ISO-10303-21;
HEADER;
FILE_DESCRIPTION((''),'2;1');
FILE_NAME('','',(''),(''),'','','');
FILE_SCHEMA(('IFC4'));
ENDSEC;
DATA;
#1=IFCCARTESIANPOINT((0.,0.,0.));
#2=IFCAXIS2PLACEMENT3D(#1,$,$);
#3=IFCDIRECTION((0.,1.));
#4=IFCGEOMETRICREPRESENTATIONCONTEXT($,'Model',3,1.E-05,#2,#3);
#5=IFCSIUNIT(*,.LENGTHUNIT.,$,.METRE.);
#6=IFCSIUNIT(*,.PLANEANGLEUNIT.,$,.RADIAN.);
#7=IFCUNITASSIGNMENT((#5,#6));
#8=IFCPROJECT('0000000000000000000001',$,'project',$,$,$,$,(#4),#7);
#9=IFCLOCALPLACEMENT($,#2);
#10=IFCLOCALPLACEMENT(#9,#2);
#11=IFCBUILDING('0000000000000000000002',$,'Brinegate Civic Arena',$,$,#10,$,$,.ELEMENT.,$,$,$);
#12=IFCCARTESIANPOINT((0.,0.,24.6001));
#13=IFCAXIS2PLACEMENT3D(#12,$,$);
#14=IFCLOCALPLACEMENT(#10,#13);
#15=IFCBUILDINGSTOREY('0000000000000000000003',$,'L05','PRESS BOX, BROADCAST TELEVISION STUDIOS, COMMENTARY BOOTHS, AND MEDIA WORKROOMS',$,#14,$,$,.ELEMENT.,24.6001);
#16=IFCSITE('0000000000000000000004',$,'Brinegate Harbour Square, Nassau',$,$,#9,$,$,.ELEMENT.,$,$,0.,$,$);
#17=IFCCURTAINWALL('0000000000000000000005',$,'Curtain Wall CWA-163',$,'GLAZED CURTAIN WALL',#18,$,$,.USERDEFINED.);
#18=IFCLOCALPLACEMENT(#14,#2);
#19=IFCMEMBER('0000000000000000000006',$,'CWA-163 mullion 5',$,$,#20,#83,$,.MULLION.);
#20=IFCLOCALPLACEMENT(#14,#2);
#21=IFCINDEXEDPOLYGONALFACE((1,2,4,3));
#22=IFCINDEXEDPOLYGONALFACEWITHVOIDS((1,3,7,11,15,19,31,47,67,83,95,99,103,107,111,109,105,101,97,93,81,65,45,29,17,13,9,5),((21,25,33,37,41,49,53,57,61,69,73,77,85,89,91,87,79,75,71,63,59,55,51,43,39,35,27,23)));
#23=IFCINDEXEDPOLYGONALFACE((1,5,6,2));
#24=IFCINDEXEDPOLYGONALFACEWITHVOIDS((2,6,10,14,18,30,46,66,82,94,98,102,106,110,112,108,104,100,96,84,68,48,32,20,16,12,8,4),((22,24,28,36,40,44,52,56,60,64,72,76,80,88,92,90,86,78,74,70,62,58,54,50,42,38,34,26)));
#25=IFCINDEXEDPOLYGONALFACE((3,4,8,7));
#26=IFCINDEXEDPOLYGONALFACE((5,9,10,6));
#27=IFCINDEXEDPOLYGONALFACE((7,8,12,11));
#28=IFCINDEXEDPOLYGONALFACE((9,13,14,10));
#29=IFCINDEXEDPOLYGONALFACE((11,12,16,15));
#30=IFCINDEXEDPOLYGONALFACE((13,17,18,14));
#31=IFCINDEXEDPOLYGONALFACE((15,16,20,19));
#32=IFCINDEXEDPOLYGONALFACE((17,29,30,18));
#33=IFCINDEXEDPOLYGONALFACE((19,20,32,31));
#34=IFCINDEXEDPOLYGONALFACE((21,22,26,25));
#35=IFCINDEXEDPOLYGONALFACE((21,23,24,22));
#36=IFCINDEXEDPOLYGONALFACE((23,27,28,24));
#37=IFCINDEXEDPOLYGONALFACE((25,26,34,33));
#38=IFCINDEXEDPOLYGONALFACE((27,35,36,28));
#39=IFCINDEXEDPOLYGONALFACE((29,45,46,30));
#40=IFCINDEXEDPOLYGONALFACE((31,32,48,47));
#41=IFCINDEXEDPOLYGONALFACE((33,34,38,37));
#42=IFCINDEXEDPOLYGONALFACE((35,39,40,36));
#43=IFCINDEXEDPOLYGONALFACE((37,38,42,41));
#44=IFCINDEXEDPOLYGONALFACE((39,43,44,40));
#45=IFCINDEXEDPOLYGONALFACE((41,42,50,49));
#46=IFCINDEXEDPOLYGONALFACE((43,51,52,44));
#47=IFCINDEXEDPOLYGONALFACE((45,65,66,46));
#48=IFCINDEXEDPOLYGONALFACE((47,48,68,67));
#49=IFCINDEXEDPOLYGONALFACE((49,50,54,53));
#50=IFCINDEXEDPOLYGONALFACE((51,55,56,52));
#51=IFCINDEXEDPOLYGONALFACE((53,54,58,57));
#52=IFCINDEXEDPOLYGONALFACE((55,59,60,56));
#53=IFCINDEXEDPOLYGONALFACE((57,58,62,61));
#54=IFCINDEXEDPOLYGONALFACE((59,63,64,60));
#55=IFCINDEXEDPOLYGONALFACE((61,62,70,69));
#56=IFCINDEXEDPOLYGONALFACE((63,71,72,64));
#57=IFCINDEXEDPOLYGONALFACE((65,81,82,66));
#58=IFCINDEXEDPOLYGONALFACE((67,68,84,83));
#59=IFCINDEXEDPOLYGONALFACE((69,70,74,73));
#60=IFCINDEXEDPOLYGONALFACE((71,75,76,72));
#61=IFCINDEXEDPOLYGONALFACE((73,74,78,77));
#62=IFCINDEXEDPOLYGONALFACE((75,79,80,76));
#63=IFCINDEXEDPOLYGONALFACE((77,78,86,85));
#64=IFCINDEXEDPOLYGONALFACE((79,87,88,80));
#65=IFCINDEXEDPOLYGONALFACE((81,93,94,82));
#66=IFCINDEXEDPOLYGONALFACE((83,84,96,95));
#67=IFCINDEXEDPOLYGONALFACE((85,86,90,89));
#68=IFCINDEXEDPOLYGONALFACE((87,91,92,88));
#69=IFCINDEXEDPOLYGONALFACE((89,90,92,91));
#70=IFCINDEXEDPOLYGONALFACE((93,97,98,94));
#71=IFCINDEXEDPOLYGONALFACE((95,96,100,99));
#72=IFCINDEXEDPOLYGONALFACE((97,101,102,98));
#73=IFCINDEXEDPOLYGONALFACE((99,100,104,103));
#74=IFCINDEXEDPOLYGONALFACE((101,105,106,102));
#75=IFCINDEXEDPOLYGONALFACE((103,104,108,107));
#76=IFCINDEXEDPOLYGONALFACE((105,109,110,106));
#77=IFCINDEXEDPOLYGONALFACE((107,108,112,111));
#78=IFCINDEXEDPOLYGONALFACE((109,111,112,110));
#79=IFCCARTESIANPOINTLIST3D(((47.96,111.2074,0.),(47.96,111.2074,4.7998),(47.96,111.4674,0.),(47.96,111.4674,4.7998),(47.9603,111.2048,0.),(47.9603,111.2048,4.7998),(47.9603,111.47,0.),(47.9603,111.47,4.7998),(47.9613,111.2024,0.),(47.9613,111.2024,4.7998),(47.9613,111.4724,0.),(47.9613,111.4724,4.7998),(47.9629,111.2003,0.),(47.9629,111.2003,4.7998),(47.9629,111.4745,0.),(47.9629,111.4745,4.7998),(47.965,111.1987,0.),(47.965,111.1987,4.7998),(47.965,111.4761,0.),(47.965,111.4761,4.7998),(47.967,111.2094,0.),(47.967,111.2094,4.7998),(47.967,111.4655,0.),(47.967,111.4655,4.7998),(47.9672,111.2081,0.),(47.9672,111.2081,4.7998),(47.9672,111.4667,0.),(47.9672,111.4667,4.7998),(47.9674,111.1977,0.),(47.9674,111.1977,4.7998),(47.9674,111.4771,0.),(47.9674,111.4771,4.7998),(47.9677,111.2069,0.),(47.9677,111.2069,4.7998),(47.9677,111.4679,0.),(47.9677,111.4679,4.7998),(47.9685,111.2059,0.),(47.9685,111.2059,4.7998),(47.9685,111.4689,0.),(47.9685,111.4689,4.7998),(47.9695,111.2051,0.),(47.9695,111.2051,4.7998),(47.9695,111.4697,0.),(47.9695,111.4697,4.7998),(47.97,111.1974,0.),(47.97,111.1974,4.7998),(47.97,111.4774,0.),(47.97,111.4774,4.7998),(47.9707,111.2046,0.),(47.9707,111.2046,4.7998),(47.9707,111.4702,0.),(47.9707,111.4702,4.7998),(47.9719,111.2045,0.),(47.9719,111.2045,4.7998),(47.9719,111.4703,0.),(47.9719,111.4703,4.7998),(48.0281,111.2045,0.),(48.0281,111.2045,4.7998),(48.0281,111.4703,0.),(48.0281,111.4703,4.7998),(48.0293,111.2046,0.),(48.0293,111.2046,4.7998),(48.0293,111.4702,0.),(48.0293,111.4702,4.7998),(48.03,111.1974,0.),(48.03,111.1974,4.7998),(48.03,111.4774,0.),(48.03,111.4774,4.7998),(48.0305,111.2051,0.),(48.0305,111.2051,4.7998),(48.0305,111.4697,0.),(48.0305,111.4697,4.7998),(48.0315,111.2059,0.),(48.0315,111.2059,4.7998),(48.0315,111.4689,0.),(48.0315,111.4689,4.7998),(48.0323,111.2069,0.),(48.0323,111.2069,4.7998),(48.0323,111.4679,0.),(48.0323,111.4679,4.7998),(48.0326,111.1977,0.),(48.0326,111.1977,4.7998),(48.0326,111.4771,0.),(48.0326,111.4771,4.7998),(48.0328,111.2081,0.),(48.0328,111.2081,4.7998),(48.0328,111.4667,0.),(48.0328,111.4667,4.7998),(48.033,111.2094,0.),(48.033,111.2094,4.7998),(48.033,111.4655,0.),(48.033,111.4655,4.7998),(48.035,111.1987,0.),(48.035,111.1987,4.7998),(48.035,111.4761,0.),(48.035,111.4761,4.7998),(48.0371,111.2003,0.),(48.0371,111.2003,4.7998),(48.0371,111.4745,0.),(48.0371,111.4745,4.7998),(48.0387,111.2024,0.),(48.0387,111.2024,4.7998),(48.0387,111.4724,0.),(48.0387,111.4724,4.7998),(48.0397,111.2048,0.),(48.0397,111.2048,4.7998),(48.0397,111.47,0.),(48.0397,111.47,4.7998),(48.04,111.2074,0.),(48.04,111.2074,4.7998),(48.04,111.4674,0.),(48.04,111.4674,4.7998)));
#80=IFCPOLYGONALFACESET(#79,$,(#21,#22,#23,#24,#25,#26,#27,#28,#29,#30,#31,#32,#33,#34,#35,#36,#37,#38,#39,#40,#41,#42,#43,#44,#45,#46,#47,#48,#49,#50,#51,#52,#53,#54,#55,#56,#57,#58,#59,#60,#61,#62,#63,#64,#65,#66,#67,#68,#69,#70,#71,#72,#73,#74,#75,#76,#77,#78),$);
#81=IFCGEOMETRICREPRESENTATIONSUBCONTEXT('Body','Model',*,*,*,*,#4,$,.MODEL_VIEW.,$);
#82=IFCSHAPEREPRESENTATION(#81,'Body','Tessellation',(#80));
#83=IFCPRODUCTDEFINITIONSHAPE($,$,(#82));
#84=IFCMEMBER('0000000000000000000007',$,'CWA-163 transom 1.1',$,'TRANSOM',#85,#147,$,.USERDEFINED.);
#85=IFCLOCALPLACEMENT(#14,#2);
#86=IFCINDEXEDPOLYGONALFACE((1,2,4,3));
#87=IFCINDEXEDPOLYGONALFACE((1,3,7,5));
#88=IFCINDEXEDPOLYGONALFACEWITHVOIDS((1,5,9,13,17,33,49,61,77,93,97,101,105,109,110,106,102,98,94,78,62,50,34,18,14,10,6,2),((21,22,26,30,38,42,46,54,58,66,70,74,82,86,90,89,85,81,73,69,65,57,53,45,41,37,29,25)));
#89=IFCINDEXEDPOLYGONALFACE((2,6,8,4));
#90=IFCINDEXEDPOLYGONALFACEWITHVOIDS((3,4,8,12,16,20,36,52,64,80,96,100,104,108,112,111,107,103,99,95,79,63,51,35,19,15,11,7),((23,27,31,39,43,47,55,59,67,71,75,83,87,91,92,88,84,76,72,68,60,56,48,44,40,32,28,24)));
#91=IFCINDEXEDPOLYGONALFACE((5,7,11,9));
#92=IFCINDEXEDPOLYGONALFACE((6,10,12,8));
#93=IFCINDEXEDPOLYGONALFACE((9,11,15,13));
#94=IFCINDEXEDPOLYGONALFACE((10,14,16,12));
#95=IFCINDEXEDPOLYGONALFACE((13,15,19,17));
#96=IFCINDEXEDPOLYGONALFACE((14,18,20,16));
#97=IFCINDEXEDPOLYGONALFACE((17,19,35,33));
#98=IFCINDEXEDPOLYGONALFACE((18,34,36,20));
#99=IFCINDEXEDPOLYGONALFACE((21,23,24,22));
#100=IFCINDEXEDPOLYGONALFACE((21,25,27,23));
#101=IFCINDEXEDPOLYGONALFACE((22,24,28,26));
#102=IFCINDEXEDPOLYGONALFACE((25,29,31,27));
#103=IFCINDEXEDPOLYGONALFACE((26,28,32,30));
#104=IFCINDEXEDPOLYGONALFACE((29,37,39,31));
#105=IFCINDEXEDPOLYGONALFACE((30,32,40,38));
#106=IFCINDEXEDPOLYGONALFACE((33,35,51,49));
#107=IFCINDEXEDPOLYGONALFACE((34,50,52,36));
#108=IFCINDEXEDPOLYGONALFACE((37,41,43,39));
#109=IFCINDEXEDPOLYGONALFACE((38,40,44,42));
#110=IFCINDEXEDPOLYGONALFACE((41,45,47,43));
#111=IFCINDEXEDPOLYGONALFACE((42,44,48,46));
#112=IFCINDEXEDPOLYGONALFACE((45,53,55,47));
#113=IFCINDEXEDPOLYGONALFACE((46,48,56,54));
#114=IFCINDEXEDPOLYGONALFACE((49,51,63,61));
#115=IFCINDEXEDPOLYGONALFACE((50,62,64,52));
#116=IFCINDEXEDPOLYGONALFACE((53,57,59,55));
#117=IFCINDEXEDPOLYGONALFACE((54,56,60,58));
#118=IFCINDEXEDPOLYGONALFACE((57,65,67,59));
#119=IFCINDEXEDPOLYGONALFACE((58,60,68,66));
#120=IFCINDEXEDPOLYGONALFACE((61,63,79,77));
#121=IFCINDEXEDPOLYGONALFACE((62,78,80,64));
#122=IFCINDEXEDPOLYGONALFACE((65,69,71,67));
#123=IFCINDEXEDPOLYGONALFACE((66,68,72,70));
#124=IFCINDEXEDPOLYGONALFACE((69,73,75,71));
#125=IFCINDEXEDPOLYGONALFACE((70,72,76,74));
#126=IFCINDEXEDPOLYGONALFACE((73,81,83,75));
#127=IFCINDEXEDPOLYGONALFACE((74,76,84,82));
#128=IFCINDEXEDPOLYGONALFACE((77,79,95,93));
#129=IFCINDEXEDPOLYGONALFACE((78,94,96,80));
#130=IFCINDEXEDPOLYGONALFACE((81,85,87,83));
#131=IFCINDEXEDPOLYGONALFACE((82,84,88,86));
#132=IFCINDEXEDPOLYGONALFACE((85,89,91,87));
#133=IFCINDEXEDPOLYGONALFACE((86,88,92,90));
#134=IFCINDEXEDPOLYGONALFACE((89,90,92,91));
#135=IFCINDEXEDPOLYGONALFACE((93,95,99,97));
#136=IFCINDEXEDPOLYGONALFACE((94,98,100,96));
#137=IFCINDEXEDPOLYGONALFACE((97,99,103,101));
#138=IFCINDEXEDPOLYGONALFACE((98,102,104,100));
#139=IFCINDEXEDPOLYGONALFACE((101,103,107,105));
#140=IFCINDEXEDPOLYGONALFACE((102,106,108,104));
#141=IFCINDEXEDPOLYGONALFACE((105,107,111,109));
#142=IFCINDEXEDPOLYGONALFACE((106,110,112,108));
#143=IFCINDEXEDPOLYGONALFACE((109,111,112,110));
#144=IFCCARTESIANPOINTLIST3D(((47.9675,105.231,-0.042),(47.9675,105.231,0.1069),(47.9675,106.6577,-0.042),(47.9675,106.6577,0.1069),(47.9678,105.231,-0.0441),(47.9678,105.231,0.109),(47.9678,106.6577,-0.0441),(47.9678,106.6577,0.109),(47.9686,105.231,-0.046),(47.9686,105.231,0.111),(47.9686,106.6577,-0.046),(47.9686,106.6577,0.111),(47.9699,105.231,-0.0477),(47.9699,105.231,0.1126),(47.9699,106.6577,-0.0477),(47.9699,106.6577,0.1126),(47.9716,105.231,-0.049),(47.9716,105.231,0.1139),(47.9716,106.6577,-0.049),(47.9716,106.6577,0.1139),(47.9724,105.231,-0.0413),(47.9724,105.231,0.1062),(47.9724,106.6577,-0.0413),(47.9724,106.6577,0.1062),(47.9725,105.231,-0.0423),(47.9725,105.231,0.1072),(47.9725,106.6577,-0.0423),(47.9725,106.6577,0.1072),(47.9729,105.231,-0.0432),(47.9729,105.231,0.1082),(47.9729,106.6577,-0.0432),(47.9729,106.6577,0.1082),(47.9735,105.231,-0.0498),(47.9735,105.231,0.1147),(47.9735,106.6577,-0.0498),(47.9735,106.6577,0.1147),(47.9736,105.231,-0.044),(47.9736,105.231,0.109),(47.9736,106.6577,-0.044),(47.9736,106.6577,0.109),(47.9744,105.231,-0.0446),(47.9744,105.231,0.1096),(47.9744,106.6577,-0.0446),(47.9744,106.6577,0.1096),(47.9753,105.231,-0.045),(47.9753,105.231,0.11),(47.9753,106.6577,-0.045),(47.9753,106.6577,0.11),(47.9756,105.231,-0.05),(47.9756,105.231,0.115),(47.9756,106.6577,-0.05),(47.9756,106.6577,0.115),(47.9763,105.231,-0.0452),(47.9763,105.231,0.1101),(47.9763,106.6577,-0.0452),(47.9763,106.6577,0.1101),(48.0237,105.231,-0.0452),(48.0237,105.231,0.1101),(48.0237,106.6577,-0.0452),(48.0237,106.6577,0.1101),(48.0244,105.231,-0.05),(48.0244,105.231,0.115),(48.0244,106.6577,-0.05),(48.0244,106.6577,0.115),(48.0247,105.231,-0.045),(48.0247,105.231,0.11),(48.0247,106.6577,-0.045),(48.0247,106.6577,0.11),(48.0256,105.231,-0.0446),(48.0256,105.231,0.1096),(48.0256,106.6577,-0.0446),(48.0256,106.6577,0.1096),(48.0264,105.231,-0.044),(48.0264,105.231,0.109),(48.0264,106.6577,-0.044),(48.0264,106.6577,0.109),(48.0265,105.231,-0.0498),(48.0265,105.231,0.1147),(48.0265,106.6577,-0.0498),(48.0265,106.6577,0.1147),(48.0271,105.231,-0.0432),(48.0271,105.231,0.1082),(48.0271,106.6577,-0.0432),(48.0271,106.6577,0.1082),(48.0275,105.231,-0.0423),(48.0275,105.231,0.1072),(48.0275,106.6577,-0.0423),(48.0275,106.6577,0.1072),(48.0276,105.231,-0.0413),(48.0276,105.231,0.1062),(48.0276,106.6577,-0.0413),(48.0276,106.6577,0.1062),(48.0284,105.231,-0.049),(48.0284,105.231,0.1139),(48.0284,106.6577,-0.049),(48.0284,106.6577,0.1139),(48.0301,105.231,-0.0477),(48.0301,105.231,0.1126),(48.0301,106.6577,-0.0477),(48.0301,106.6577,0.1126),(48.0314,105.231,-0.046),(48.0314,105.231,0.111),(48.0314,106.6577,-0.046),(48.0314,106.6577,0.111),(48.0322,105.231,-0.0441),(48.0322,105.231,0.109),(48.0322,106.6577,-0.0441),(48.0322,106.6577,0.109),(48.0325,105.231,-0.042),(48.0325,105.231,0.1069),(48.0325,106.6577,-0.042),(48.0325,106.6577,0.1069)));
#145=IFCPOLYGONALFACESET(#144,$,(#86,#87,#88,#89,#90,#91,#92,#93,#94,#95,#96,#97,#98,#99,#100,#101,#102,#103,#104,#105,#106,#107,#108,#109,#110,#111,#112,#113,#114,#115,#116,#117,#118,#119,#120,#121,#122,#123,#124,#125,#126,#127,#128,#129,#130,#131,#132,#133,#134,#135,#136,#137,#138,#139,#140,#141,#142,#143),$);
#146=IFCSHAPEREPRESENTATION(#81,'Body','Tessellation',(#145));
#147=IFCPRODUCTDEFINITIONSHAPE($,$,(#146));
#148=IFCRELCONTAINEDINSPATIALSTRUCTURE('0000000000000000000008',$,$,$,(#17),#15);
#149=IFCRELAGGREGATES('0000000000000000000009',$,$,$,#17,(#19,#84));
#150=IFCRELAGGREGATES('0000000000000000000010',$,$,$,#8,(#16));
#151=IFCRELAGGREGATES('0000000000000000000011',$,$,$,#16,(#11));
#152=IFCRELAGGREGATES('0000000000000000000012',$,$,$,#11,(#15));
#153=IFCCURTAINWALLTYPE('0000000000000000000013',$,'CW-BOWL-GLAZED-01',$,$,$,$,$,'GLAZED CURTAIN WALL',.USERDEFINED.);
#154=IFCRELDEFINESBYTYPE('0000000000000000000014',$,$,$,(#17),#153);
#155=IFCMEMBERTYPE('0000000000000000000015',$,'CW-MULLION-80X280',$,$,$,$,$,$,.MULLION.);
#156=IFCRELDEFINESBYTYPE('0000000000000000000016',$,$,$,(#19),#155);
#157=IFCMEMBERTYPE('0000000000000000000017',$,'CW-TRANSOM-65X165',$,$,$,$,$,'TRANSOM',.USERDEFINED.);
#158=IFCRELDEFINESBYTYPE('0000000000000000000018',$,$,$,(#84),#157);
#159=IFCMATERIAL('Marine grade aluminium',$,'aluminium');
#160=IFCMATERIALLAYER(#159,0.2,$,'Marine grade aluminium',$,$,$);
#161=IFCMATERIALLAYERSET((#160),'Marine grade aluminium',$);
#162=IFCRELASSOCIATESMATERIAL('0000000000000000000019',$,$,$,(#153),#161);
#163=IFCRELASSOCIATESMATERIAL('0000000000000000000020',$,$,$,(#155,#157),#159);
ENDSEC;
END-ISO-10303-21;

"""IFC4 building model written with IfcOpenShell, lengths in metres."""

from ifc_helpers import new_model, si_unit, direction, frame, origin, origin_2d, place, context, subcontext, project, spatial, hollow_rectangle, extrude, material, layer, layer_set, material_profile, profile_set, type_object, element, aggregate, save


model = new_model("IFC4")

# Units and contexts
model_context = context("Model", 3, precision=1e-05, world=origin(), true_north=direction((0.0, 1.0)))
body_context = subcontext(model_context, "Body", "Model", "MODEL_VIEW")
ifc_project = project(units=[si_unit("LENGTHUNIT", "METRE"), si_unit("PLANEANGLEUNIT", "RADIAN")], contexts=[model_context])

# Site, building, storey
site_placement = place(None, origin())
site = spatial("IfcSite", under=ifc_project, at=site_placement, Name="Brinegate Harbour Square, Nassau", CompositionType="ELEMENT", RefElevation=0.0)
building_placement = place(site_placement, origin())
building = spatial("IfcBuilding", under=site, at=building_placement, Name="Brinegate Civic Arena", CompositionType="ELEMENT")
storey_placement = place(building_placement, frame((0.0, 0.0, 24.6001)))
storey = spatial("IfcBuildingStorey", under=building, at=storey_placement, Name="L05", Description="PRESS BOX, BROADCAST TELEVISION STUDIOS, COMMENTARY BOOTHS, AND MEDIA WORKROOMS", CompositionType="ELEMENT", Elevation=24.6001)

# Curtain wall, members
ifc_material_1 = material(Name="Marine grade aluminium", Category="aluminium")
ifc_layer_1 = layer(ifc_material_1, 0.2, Name="Marine grade aluminium")
ifc_layer_set_1 = layer_set([ifc_layer_1], Name="Marine grade aluminium")
curtain_wall_type = type_object("IfcCurtainWallType", Name="CW-BOWL-GLAZED-01", ElementType="GLAZED CURTAIN WALL", PredefinedType="USERDEFINED", material=ifc_layer_set_1)
curtain_wall_placement = place(storey_placement, origin())
curtain_wall = element("IfcCurtainWall", 1, at=curtain_wall_placement, inside=storey, type_object=curtain_wall_type, Name="Curtain Wall CWA-163", ObjectType="GLAZED CURTAIN WALL", PredefinedType="USERDEFINED")
ifc_material_profile_1 = material_profile(ifc_material_1, hollow_rectangle(XDim=0.0801, YDim=0.28, WallThickness=0.0071, InnerFilletRadius=0.0049, OuterFilletRadius=0.01, at=origin_2d()), Name="MUL80X280")
ifc_profile_set_1 = profile_set([ifc_material_profile_1], Name="Marine grade aluminium")
member_type_1 = type_object("IfcMemberType", Name="CW-MULLION-80X280", PredefinedType="MULLION", material=ifc_profile_set_1)
member_1_placement = place(storey_placement, frame((48.0, 111.3374, 0.0), z_axis=(0.0, 0.0, 1.0), x_axis=(-1.0, 0.0, 0.0)))
member_1 = element("IfcMember", 2, at=member_1_placement, type_object=member_type_1, Name="CWA-163 mullion 5", PredefinedType="MULLION", context=body_context, shape_type="SweptSolid", body=[
    extrude(hollow_rectangle(XDim=0.0801, YDim=0.28, WallThickness=0.0071, InnerFilletRadius=0.0049, OuterFilletRadius=0.01, at=origin_2d()), origin(), (0.0, 0.0, 1.0), 4.7998),
])
ifc_material_profile_2 = material_profile(ifc_material_1, hollow_rectangle(XDim=0.0649, YDim=0.165, WallThickness=0.0049, InnerFilletRadius=0.0039, OuterFilletRadius=0.0081, at=origin_2d()), Name="TRN65X165")
ifc_profile_set_2 = profile_set([ifc_material_profile_2], Name="Marine grade aluminium")
member_type_2 = type_object("IfcMemberType", Name="CW-TRANSOM-65X165", ElementType="TRANSOM", PredefinedType="USERDEFINED", material=ifc_profile_set_2)
member_2_placement = place(storey_placement, frame((48.0, 105.231, 0.0325), z_axis=(0.0, 1.0, 0.0), x_axis=(-1.0, 0.0, 0.0)))
member_2 = element("IfcMember", 3, at=member_2_placement, type_object=member_type_2, Name="CWA-163 transom 1.1", ObjectType="TRANSOM", PredefinedType="USERDEFINED", context=body_context, shape_type="SweptSolid", body=[
    extrude(hollow_rectangle(XDim=0.0649, YDim=0.165, WallThickness=0.0049, InnerFilletRadius=0.0039, OuterFilletRadius=0.0081, at=origin_2d()), origin(), (0.0, 0.0, 1.0), 1.4268),
])

aggregate(curtain_wall, [member_1, member_2])

save(model, "model.ifc")
